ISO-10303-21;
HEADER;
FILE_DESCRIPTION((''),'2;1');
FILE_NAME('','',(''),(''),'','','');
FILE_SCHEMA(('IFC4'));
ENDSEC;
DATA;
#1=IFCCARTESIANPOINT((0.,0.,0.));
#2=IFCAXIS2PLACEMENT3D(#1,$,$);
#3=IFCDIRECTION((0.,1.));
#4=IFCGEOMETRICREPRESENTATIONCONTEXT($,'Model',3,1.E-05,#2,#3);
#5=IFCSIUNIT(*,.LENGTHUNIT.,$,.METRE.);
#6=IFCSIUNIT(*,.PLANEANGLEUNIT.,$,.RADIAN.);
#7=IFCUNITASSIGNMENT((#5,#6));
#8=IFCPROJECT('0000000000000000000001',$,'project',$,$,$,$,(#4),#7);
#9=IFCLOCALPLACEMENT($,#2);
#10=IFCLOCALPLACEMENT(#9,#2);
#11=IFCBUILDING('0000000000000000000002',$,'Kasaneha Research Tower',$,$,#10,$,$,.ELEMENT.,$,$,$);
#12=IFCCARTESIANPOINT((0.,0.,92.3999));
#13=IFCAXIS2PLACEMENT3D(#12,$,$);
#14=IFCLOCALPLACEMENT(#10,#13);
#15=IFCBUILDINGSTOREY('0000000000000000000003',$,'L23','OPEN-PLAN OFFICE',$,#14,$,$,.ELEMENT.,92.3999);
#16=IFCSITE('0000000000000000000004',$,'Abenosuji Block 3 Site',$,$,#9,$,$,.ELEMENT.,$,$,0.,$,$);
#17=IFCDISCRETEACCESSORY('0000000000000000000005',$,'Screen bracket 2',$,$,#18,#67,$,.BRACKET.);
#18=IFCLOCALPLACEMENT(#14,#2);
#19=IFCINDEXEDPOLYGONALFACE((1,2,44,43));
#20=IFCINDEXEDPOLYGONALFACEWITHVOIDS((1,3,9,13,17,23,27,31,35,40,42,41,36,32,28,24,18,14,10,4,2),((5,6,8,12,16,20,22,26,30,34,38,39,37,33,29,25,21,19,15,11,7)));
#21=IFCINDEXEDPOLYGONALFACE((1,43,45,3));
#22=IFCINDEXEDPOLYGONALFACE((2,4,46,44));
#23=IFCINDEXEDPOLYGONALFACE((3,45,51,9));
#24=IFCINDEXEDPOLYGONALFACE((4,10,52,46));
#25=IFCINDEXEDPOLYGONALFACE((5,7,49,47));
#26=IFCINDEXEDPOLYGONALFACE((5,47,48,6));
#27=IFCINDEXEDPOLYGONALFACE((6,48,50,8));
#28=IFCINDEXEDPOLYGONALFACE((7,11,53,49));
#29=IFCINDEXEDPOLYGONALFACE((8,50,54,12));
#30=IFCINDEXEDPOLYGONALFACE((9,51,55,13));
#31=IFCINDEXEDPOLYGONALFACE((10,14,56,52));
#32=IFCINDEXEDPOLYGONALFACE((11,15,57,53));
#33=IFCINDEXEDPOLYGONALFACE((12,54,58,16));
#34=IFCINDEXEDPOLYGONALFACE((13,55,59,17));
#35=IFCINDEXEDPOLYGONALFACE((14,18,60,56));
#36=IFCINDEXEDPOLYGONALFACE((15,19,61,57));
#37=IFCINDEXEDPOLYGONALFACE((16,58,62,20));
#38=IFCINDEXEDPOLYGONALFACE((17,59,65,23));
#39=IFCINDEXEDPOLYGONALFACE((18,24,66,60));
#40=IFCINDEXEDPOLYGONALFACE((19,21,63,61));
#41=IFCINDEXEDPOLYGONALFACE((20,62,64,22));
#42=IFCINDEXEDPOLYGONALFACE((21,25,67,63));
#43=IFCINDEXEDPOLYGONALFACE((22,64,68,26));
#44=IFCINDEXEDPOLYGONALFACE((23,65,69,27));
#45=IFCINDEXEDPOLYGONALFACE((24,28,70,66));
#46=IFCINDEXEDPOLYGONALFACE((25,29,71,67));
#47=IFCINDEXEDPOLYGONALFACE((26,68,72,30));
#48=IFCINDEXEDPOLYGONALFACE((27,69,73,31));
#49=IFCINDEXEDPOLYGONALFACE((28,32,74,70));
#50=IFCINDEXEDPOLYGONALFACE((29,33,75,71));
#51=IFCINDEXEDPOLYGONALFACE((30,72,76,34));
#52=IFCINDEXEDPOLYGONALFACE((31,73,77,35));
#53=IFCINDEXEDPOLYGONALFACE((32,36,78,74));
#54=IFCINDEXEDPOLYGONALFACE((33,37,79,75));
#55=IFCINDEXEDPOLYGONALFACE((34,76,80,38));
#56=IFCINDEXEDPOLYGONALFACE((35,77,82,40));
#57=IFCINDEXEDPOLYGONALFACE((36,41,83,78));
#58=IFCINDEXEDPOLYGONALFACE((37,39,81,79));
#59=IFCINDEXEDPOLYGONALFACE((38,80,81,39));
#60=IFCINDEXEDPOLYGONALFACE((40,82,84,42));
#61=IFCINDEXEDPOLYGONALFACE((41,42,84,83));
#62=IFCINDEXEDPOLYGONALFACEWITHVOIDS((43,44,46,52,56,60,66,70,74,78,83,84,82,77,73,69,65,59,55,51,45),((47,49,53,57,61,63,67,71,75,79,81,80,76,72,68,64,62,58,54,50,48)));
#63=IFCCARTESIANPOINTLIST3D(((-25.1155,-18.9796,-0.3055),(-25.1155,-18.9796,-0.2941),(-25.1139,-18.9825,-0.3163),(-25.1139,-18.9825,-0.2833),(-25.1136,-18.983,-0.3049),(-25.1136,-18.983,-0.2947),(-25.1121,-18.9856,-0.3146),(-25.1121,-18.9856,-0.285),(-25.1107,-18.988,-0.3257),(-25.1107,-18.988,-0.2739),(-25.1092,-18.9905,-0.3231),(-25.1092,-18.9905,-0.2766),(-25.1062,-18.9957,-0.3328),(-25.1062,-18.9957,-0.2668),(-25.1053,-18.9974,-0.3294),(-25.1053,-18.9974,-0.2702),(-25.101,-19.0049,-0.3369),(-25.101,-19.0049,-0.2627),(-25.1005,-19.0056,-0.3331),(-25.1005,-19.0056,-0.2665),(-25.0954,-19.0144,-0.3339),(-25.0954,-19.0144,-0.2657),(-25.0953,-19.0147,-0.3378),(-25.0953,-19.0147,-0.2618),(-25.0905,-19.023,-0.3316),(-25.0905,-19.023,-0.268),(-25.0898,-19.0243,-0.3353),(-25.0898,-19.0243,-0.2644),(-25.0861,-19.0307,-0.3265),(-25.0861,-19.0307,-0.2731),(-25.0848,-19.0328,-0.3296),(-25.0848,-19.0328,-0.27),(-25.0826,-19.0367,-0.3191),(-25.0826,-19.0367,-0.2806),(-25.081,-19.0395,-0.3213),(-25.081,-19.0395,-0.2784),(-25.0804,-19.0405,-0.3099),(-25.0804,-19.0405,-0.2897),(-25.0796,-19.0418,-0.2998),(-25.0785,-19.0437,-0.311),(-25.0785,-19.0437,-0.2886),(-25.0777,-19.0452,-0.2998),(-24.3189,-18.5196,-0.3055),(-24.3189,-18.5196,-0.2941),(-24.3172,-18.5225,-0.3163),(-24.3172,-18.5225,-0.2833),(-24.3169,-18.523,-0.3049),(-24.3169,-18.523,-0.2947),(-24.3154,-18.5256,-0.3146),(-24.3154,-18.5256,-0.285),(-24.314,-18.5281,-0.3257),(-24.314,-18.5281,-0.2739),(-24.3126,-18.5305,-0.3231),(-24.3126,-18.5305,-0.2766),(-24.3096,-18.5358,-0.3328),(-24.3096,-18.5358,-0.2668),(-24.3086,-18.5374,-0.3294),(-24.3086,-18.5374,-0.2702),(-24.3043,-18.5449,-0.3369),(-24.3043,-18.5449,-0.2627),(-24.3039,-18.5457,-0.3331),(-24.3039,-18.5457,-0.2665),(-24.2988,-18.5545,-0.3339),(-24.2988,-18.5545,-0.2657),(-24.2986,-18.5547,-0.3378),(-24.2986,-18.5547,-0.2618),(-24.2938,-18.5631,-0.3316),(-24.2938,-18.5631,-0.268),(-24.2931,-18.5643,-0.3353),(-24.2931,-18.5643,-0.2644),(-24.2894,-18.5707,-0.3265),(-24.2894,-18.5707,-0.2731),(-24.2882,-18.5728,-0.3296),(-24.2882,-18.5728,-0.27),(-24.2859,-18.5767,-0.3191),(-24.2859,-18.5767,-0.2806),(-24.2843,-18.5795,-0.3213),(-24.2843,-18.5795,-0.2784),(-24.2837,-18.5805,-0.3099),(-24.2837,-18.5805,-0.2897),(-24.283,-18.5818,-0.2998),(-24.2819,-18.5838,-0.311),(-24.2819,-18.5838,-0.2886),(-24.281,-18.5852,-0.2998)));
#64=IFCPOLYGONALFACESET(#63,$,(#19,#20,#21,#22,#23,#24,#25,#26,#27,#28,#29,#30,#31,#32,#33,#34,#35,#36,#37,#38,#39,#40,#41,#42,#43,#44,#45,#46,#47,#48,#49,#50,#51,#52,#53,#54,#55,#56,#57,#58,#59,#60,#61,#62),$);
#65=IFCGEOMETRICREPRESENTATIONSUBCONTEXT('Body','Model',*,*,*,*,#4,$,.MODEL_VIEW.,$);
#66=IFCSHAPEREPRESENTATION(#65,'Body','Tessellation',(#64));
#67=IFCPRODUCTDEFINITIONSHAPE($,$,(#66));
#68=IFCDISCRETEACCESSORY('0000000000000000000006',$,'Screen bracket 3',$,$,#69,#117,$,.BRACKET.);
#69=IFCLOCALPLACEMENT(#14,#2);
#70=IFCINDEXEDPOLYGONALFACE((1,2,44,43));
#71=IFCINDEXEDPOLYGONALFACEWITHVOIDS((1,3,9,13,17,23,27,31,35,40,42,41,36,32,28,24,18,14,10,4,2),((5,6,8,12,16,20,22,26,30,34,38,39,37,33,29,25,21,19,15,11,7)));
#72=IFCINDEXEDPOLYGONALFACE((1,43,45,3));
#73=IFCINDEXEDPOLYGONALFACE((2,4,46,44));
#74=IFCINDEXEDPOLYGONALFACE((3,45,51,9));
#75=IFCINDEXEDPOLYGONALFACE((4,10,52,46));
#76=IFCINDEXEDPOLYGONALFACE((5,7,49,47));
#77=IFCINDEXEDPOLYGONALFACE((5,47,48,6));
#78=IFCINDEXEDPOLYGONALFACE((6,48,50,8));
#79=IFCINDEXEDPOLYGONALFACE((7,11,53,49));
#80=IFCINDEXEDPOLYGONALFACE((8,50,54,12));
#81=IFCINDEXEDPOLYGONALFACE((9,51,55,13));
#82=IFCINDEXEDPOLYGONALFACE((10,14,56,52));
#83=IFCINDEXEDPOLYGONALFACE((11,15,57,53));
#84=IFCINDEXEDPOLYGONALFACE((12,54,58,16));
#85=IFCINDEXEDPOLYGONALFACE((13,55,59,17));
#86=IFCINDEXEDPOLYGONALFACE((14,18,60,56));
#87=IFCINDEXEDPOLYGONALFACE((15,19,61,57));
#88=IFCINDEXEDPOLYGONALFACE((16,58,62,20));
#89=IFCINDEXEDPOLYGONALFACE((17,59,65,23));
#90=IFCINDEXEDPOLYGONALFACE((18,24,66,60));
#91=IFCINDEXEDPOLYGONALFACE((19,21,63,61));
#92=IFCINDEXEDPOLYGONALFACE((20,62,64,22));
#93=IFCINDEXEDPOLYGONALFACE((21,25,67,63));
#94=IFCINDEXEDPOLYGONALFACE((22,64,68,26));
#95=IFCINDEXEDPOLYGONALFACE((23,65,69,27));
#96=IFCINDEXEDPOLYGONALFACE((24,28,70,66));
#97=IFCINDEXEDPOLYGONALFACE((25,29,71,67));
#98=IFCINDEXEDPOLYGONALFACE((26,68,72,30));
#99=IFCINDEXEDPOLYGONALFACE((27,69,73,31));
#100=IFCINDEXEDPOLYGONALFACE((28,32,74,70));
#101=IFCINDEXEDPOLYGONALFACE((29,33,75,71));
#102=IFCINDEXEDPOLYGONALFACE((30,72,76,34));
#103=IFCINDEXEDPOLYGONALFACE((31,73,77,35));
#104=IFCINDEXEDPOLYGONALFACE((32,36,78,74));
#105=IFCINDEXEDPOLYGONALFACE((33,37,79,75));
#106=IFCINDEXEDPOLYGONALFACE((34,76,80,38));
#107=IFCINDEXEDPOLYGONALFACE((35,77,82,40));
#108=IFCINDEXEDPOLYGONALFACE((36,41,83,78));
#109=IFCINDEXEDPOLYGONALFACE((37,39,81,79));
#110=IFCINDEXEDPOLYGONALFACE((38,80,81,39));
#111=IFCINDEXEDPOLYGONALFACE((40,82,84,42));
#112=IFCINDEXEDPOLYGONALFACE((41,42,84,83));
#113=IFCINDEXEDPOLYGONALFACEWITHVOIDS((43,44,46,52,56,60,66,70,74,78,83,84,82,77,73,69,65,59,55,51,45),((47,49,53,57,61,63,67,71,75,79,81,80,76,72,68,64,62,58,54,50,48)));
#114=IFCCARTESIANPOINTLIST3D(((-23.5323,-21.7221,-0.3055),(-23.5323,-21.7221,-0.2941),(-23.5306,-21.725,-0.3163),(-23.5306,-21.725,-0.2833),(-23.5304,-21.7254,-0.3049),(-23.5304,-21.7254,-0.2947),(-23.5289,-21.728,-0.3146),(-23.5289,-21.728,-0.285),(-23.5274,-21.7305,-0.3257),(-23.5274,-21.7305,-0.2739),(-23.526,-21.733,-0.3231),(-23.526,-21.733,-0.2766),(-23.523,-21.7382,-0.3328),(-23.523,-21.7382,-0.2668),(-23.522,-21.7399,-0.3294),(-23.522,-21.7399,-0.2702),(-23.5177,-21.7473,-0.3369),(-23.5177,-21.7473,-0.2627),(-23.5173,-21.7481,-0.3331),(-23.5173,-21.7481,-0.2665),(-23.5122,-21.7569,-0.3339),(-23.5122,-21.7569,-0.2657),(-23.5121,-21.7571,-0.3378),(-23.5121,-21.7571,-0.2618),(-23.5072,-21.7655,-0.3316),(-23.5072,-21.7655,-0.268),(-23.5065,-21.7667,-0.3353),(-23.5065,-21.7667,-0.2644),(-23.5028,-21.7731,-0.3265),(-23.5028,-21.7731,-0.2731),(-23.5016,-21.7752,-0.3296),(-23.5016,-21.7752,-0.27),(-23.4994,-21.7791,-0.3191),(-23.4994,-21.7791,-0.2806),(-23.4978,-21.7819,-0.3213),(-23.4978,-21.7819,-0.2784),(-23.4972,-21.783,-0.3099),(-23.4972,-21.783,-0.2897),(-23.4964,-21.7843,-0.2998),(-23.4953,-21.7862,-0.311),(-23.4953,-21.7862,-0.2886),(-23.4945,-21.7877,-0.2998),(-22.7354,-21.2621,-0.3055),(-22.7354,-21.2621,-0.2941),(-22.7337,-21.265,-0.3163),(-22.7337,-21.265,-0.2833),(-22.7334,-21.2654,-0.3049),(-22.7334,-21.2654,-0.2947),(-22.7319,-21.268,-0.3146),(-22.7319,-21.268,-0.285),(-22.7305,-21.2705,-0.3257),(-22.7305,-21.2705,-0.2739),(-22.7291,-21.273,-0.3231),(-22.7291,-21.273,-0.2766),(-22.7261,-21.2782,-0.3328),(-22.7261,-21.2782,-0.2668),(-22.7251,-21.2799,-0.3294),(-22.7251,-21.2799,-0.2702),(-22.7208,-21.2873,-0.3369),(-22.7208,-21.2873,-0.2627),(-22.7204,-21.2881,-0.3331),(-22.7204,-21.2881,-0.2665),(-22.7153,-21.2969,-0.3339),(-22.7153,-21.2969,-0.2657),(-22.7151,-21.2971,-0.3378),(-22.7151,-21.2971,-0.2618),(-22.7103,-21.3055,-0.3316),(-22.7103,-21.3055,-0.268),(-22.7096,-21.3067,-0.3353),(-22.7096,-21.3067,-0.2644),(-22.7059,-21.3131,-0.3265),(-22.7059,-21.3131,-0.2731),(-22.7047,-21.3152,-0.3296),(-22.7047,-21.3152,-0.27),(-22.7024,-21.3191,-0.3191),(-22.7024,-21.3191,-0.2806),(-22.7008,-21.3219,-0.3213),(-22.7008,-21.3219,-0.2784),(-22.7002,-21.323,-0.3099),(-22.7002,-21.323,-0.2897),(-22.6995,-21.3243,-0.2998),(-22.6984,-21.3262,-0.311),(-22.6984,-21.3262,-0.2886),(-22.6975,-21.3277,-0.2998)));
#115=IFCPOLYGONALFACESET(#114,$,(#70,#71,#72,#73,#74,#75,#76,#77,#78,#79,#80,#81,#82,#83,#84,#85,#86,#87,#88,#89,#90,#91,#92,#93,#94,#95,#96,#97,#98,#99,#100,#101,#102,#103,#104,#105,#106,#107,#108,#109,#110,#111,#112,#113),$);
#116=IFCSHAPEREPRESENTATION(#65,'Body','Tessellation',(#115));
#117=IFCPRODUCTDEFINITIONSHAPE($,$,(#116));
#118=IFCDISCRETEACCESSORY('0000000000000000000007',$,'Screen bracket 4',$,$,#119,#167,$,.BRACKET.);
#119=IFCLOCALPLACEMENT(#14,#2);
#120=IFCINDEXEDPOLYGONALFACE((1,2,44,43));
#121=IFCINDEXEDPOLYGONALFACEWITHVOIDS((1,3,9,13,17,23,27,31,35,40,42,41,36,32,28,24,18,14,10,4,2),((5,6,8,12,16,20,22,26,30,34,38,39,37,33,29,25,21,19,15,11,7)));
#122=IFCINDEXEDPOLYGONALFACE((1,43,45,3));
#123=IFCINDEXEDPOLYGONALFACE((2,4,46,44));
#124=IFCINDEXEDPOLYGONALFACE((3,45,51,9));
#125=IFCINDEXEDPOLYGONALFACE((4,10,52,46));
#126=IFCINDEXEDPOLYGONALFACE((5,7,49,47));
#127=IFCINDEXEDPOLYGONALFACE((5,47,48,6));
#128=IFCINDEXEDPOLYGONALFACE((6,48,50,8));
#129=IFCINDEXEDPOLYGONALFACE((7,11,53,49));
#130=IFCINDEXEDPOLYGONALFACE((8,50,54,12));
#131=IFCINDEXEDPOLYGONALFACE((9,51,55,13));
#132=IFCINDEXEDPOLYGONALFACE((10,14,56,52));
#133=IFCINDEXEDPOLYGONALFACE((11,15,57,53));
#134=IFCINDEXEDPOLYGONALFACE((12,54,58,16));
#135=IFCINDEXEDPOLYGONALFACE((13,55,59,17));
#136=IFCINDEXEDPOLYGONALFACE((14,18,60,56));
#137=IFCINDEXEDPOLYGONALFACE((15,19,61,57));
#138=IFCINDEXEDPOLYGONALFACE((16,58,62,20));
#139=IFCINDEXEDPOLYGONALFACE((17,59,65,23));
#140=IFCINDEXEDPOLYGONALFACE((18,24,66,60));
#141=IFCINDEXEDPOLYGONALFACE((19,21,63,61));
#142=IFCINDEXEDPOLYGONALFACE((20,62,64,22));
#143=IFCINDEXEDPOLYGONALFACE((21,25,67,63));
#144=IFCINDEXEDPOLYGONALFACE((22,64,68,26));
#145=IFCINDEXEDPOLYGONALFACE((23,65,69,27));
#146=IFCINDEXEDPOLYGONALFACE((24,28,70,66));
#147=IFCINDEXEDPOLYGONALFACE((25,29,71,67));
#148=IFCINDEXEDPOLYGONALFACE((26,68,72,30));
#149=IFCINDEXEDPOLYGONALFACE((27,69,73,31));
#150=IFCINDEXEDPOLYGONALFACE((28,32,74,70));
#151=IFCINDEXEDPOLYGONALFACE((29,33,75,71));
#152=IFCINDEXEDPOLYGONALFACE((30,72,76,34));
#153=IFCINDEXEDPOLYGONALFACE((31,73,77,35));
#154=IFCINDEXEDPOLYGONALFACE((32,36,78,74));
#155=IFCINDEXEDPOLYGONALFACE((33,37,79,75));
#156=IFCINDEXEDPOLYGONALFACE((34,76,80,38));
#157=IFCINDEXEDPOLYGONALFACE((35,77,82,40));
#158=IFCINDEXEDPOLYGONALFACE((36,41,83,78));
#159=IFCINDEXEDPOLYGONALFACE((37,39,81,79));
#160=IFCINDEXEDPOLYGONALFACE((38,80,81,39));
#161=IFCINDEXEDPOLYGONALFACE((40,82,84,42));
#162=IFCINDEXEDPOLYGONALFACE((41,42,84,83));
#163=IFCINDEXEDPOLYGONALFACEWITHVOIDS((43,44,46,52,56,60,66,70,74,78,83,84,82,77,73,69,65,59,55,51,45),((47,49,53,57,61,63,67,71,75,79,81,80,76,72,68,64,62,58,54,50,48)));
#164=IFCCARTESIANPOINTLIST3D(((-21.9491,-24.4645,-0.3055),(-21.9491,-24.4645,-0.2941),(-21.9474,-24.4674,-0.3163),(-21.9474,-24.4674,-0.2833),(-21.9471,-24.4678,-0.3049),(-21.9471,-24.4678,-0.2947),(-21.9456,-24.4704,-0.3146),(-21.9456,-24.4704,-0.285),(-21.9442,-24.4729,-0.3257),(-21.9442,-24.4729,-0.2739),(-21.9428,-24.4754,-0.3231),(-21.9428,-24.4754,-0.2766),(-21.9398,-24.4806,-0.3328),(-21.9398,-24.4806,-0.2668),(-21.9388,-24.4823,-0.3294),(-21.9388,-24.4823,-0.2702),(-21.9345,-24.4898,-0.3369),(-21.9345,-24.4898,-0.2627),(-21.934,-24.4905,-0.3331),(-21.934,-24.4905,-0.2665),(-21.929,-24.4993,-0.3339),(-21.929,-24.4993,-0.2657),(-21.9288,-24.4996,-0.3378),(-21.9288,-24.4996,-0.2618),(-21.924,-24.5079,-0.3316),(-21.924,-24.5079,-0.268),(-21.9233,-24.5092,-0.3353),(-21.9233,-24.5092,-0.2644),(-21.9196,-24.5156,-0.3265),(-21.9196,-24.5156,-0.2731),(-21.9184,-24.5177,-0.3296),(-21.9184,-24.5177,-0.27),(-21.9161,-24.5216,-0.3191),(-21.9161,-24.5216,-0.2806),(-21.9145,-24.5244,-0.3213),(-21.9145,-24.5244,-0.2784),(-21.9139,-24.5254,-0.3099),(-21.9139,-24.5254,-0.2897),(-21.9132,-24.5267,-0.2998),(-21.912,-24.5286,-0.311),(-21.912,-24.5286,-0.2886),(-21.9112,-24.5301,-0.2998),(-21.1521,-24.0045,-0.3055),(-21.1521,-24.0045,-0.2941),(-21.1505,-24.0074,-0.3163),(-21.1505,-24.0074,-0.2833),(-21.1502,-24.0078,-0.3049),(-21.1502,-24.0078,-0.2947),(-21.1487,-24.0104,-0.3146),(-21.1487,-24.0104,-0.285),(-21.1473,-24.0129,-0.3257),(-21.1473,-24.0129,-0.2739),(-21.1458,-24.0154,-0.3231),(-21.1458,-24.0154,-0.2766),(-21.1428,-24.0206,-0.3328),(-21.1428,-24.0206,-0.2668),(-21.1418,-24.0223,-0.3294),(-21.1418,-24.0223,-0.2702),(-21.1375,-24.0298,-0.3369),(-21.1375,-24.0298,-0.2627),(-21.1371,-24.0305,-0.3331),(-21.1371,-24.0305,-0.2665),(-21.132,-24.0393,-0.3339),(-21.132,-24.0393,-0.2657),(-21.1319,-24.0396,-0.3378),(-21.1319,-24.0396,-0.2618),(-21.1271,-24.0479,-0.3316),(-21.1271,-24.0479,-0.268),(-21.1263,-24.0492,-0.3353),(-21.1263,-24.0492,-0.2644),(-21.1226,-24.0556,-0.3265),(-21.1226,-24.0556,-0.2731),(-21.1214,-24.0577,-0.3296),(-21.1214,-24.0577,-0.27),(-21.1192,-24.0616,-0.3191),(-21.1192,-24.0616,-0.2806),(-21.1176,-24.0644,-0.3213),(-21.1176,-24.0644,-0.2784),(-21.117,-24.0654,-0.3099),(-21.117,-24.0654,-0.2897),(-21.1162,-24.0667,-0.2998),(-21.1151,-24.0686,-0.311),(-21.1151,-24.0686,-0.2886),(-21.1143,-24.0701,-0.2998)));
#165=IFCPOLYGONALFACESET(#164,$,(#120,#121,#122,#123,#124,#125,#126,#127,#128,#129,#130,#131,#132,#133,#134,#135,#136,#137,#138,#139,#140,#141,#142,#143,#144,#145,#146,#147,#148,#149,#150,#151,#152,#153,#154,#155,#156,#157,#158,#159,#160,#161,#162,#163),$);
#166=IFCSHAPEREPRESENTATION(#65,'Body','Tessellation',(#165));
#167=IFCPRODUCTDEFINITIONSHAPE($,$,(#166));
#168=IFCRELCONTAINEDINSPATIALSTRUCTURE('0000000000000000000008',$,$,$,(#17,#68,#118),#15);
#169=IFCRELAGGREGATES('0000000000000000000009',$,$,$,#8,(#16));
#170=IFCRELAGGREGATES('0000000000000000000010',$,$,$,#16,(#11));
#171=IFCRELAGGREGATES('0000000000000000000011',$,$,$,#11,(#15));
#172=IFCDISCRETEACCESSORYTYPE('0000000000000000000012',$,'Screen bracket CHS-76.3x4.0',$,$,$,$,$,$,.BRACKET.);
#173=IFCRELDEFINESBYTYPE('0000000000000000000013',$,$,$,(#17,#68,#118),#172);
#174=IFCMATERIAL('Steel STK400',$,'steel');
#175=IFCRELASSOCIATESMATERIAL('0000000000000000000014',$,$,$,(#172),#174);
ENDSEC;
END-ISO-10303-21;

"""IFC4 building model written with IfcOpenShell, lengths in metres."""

from ifc_helpers import new_model, si_unit, direction, frame, origin, origin_2d, place, context, subcontext, project, spatial, hollow_circle, extrude, material, material_profile, profile_set, type_object, element, save


model = new_model("IFC4")

# Units and contexts
model_context = context("Model", 3, precision=1e-05, world=origin(), true_north=direction((0.0, 1.0)))
body_context = subcontext(model_context, "Body", "Model", "MODEL_VIEW")
ifc_project = project(units=[si_unit("LENGTHUNIT", "METRE"), si_unit("PLANEANGLEUNIT", "RADIAN")], contexts=[model_context])

# Site, building, storey
site_placement = place(None, origin())
site = spatial("IfcSite", under=ifc_project, at=site_placement, Name="Abenosuji Block 3 Site", CompositionType="ELEMENT", RefElevation=0.0)
building_placement = place(site_placement, origin())
building = spatial("IfcBuilding", under=site, at=building_placement, Name="Kasaneha Research Tower", CompositionType="ELEMENT")
storey_placement = place(building_placement, frame((0.0, 0.0, 92.3999)))
storey = spatial("IfcBuildingStorey", under=building, at=storey_placement, Name="L23", Description="OPEN-PLAN OFFICE", CompositionType="ELEMENT", Elevation=92.3999)

# Discrete accessories
ifc_material_1 = material(Name="Steel STK400", Category="steel")
ifc_material_profile_1 = material_profile(ifc_material_1, hollow_circle(Radius=0.0381, WallThickness=0.0039, at=origin_2d()), Name="CHS-76.3x4.0")
ifc_profile_set_1 = profile_set([ifc_material_profile_1], Name="Steel STK400")
discrete_accessory_type = type_object("IfcDiscreteAccessoryType", Name="Screen bracket CHS-76.3x4.0", PredefinedType="BRACKET", material=ifc_profile_set_1)
discrete_accessory_1_placement = place(storey_placement, frame((-24.3, -18.5522, -0.2998), z_axis=(-0.866013, -0.500021, 0.0), x_axis=(0.500021, -0.866013, 0.0)))
element("IfcDiscreteAccessory", 1, at=discrete_accessory_1_placement, inside=storey, type_object=discrete_accessory_type, Name="Screen bracket 2", PredefinedType="BRACKET", context=body_context, shape_type="SweptSolid", body=[
    extrude(hollow_circle(Radius=0.0381, WallThickness=0.0039, at=origin_2d()), origin(), (0.0, 0.0, 1.0), 0.9199),
])
for number, where, z_axis, x_axis, name in (
    (2, (-22.7166, -21.2947, -0.2998), (-0.86608, -0.499906, 0.0), (0.499906, -0.86608, 0.0), "Screen bracket 3"),
    (3, (-21.1333, -24.0371, -0.2998), (-0.86608, -0.499906, 0.0), (0.499906, -0.86608, 0.0), "Screen bracket 4"),
):
    element("IfcDiscreteAccessory", number, at=place(storey_placement, frame(where, z_axis=z_axis, x_axis=x_axis)), inside=storey, type_object=discrete_accessory_type, Name=name, PredefinedType="BRACKET", context=body_context, shape_type="SweptSolid", body=[
        extrude(hollow_circle(Radius=0.0381, WallThickness=0.0039, at=origin_2d()), origin(), (0.0, 0.0, 1.0), 0.9202),
    ])

save(model, "model.ifc")
